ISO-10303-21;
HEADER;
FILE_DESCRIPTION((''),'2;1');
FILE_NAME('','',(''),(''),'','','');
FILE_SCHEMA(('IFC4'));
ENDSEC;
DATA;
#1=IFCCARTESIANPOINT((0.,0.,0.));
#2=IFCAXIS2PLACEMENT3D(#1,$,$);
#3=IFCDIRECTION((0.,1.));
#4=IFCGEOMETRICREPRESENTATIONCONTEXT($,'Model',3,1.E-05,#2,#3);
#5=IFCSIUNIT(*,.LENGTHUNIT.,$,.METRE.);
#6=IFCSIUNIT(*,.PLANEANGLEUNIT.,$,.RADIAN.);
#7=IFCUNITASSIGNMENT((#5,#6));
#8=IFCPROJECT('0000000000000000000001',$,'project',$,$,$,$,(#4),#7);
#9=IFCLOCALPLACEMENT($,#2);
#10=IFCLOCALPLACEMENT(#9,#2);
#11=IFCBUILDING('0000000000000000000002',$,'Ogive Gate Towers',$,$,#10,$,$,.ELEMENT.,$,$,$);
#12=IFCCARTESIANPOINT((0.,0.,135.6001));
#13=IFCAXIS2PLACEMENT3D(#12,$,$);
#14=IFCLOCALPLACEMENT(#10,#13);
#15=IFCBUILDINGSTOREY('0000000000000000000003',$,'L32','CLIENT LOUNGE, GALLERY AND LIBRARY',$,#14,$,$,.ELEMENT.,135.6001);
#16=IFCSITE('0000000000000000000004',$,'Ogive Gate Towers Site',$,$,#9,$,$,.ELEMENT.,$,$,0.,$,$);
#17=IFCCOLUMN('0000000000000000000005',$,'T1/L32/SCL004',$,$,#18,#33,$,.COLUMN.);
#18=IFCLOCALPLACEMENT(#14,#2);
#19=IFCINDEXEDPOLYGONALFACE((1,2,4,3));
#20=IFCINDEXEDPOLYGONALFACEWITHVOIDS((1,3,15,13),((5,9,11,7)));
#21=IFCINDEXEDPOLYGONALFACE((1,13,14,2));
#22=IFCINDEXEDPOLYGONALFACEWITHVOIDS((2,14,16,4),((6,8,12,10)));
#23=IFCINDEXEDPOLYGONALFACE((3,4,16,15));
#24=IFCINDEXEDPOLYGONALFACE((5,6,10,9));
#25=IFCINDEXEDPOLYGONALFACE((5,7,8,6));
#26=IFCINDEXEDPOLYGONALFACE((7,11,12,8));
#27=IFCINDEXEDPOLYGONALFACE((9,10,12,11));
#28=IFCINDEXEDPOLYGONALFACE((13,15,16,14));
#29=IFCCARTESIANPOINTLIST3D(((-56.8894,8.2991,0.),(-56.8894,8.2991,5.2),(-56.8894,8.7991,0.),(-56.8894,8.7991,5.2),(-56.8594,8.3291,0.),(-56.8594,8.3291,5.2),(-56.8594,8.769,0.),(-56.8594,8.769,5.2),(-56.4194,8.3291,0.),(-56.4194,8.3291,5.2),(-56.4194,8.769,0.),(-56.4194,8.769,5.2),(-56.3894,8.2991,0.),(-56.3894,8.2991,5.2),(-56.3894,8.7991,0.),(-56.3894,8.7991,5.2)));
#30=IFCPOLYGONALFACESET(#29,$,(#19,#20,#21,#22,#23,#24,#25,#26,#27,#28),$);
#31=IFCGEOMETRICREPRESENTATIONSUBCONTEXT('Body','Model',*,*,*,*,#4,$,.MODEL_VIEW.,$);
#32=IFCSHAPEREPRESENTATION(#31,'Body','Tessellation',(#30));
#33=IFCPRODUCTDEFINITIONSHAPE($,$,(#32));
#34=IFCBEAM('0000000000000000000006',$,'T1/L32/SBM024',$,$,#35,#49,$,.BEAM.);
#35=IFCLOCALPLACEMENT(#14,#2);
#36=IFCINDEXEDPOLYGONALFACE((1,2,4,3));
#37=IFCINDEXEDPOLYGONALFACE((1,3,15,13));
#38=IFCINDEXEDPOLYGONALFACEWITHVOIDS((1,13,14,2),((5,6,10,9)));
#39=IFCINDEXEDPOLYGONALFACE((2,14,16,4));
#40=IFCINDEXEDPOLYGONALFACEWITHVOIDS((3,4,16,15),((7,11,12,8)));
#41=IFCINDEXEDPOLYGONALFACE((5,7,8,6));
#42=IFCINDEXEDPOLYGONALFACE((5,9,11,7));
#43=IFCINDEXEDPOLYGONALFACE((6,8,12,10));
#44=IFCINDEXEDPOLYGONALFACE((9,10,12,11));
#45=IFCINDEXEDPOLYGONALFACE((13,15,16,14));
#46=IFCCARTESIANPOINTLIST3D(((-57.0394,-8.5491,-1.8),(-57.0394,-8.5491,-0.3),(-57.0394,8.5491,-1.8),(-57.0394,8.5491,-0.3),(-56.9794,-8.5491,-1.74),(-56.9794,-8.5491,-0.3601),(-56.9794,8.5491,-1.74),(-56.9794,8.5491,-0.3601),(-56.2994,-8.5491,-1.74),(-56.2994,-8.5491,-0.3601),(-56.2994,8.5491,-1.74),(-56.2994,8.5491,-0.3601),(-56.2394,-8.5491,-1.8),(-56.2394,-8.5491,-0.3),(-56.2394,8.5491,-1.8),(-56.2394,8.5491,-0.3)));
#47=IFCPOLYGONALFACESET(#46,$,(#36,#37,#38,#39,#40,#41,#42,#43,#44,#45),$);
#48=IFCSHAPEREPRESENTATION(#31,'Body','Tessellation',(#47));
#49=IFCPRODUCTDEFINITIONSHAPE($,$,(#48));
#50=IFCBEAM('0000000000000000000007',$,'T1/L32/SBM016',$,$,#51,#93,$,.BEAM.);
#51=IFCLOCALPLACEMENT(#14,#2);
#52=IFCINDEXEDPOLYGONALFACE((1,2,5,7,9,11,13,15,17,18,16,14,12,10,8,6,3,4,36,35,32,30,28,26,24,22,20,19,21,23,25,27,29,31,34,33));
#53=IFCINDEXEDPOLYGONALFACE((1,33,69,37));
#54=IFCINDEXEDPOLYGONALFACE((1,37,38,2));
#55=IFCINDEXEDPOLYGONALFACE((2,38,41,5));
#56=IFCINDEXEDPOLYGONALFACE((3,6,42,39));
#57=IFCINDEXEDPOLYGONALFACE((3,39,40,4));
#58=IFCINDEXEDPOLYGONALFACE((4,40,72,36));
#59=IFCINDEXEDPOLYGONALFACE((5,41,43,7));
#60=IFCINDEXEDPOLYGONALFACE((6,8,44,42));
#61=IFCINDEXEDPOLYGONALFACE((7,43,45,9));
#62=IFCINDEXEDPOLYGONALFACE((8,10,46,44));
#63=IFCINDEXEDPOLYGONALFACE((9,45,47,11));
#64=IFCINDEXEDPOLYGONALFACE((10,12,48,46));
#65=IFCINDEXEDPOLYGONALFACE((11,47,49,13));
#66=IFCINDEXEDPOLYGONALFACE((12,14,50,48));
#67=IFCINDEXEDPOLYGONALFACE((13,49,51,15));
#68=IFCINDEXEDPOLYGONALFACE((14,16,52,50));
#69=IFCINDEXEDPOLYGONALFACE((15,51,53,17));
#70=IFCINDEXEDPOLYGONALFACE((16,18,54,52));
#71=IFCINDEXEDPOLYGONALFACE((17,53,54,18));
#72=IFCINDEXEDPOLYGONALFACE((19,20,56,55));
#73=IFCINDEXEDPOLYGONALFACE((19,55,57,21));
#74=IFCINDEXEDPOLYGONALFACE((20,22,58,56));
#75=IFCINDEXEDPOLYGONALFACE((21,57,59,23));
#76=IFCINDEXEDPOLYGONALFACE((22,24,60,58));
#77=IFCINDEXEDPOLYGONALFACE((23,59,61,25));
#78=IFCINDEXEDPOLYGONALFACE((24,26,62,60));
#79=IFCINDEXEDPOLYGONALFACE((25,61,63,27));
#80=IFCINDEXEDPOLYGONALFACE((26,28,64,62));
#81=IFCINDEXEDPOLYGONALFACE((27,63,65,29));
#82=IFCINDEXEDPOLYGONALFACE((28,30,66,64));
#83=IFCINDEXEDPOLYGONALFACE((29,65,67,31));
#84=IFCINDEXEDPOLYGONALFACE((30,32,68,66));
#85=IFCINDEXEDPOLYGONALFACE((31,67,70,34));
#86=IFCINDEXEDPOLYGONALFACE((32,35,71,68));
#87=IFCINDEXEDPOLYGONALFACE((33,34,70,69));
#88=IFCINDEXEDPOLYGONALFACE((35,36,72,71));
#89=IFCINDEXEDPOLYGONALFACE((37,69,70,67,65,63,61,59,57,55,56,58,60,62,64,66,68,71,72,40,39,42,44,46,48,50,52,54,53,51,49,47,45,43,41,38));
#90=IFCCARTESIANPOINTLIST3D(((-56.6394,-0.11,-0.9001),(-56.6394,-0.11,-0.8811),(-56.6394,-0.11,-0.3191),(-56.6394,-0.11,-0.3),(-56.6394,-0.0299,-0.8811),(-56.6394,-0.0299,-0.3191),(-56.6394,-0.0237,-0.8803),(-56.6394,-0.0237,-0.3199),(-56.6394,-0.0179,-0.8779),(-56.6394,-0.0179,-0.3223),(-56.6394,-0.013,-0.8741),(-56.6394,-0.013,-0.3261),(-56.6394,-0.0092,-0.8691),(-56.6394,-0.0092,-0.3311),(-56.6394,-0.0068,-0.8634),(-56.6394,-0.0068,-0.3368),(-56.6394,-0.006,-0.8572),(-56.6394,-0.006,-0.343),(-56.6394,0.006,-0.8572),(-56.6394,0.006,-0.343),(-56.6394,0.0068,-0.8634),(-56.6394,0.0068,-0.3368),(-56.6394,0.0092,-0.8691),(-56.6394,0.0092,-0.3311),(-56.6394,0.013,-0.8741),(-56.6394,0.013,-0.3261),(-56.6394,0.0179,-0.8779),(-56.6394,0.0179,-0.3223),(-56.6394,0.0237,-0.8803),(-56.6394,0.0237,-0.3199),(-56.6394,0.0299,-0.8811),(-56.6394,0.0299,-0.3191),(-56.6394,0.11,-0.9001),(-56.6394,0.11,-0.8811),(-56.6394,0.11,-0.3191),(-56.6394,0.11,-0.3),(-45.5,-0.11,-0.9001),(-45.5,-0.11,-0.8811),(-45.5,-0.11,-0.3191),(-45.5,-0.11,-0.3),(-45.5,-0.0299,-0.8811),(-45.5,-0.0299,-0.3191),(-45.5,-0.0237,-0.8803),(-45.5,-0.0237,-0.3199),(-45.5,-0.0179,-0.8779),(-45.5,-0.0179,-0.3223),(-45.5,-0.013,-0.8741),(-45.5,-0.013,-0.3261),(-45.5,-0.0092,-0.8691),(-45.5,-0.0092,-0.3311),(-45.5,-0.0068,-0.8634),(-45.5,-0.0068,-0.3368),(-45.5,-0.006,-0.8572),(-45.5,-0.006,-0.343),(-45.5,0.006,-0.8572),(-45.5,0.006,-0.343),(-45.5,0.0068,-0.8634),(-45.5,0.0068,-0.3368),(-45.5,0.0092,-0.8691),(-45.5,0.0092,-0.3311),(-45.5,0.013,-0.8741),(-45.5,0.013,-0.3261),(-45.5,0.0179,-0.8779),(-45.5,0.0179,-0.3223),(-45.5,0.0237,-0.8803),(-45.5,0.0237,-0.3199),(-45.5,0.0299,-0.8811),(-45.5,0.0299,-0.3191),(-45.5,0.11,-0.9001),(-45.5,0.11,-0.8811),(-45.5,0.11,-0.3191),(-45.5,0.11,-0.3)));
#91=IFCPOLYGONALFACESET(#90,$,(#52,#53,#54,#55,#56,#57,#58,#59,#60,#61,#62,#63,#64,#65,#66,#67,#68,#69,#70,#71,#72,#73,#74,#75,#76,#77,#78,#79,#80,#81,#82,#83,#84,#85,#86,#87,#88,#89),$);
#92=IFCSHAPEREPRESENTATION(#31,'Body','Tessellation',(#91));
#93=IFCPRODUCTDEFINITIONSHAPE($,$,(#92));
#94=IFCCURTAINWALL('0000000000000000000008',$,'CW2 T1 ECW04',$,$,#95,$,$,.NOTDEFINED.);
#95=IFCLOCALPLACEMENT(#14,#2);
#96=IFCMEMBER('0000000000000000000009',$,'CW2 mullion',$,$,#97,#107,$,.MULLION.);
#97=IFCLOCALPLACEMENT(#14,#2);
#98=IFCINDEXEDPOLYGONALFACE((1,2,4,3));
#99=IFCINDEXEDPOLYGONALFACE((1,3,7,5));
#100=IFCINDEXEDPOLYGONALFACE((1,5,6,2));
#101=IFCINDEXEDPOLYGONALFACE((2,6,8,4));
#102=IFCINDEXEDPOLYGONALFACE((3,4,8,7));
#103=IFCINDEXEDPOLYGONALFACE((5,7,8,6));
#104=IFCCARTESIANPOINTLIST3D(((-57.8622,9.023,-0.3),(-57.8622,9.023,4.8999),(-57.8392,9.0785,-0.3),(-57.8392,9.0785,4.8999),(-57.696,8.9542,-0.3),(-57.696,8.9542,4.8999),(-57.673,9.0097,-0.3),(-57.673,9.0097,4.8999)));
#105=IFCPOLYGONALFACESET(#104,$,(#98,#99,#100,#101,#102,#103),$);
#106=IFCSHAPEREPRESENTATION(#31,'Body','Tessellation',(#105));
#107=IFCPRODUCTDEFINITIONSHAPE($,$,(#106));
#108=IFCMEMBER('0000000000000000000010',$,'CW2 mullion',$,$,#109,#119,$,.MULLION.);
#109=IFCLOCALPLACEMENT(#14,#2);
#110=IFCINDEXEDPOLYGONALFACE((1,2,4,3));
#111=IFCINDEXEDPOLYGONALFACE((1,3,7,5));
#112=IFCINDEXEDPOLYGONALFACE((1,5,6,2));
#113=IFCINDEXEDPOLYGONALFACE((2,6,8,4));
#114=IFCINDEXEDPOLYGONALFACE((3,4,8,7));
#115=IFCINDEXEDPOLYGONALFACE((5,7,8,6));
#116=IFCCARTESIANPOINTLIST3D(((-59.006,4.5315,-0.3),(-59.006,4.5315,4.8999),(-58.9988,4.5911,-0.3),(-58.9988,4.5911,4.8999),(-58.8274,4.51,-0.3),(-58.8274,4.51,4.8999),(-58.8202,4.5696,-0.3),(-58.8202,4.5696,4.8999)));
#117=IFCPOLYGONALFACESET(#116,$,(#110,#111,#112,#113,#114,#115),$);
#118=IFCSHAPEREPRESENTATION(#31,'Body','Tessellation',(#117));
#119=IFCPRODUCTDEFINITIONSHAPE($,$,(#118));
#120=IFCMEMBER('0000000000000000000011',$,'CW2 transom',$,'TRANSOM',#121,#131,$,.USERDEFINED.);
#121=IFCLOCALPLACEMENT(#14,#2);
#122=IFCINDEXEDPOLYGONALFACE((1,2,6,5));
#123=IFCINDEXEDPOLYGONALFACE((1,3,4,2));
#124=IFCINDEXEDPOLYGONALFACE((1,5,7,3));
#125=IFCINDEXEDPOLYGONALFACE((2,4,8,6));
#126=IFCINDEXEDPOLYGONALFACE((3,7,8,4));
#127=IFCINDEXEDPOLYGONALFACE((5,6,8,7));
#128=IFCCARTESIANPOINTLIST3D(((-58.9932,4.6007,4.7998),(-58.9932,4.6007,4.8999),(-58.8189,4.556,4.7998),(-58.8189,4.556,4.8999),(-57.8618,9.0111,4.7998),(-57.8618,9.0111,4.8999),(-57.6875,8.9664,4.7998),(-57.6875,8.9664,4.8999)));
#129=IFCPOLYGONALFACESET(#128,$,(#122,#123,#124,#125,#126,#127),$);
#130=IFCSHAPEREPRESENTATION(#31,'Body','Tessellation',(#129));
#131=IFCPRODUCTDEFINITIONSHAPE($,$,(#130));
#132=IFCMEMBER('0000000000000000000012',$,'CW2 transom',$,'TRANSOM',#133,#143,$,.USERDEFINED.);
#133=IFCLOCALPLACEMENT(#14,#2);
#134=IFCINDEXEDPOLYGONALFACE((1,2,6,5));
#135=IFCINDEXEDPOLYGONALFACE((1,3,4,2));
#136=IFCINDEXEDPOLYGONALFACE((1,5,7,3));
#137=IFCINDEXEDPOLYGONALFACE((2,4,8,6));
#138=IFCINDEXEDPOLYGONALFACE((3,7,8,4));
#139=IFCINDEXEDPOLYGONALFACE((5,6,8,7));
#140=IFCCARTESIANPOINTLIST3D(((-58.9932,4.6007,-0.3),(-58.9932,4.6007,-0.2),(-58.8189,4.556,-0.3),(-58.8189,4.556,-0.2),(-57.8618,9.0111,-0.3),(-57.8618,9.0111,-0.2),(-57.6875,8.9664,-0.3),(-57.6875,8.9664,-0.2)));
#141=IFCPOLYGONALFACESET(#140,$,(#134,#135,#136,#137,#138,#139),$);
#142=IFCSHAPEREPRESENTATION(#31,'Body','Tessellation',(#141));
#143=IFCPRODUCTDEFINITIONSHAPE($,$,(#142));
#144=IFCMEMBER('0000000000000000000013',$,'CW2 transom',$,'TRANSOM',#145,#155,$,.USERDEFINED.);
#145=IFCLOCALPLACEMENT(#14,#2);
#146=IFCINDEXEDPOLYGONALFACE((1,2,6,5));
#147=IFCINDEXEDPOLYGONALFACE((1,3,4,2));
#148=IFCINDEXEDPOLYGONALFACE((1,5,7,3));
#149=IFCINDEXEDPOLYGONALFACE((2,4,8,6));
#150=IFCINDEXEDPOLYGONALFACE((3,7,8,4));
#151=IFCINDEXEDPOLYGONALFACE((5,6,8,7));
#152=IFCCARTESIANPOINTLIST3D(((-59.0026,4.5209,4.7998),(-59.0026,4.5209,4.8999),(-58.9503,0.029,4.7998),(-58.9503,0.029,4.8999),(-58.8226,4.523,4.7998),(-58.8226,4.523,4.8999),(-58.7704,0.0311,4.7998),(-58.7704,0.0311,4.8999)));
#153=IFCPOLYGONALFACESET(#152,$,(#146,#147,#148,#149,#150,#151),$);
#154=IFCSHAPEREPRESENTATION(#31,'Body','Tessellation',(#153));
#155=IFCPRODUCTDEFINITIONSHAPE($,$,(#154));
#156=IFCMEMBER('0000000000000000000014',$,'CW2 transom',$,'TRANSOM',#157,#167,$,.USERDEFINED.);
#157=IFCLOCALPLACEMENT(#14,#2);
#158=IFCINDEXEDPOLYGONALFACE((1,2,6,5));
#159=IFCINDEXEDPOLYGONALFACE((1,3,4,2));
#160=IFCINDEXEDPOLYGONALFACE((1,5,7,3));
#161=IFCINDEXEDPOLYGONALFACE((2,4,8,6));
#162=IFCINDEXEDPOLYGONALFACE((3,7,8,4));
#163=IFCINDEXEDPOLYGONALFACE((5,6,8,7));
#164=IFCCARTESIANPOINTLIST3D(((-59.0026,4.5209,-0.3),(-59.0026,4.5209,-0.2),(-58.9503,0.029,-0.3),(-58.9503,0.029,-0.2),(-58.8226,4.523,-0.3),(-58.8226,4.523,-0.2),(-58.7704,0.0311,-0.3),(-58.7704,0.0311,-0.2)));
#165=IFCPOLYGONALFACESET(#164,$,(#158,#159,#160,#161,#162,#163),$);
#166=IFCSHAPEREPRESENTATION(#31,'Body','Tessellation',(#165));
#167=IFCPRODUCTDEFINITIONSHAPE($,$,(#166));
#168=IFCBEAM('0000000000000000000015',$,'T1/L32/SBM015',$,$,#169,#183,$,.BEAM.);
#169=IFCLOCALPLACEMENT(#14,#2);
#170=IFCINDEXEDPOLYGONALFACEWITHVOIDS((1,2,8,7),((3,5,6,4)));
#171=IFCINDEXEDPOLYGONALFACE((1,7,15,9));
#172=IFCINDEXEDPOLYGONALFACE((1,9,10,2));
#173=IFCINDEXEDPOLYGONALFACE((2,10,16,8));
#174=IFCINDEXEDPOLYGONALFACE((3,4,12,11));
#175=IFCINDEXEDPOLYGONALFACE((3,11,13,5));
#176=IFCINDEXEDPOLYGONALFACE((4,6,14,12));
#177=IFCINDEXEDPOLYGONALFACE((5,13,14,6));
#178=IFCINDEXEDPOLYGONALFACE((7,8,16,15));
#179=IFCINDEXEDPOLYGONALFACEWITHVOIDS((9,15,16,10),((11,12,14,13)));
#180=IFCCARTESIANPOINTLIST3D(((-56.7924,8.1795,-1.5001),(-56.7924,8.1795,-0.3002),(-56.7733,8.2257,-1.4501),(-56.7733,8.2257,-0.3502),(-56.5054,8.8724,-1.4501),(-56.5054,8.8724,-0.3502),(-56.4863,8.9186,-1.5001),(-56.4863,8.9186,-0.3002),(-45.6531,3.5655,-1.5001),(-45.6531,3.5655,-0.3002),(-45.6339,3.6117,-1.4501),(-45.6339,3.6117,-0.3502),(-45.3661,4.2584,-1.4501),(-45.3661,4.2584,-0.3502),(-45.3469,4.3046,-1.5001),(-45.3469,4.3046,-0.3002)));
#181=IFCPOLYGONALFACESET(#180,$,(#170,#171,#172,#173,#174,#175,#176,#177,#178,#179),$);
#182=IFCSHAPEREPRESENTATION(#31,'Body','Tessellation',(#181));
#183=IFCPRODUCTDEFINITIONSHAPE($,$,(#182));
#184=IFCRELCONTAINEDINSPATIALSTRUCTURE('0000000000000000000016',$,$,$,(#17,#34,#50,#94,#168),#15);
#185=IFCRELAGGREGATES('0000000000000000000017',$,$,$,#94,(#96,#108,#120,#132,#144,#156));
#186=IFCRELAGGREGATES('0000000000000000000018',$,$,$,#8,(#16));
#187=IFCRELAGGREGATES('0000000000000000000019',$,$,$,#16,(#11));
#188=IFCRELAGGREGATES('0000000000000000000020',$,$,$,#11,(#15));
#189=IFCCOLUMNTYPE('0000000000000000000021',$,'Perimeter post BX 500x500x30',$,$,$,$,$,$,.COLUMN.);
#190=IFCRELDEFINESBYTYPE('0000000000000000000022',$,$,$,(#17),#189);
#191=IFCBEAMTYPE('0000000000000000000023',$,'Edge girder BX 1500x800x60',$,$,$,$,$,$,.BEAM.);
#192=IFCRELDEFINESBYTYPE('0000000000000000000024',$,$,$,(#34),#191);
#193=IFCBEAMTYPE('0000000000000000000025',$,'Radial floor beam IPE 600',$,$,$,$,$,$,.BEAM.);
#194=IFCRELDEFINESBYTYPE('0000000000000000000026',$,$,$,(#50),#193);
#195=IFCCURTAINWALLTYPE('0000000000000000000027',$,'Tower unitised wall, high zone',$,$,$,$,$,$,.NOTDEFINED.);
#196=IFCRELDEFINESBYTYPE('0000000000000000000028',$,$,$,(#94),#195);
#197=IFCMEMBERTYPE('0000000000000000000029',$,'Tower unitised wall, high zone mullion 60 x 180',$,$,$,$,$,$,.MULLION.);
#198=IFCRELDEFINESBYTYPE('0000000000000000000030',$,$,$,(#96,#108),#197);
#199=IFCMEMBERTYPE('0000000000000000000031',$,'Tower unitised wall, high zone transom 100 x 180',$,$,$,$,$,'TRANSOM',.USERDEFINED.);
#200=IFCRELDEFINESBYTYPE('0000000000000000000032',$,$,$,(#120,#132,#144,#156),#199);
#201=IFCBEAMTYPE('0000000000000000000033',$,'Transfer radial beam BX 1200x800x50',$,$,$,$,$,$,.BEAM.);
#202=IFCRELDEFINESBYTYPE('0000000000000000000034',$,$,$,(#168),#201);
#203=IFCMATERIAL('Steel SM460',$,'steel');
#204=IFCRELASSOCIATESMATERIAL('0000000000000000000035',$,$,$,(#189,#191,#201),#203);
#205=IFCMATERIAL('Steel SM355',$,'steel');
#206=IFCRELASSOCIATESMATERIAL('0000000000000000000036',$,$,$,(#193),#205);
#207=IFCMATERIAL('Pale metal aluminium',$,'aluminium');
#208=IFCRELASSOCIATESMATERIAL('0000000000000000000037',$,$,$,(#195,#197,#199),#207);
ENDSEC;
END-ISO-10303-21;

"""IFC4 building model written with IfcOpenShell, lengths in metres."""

from ifc_helpers import new_model, si_unit, direction, frame, origin, origin_2d, place, context, subcontext, project, spatial, rectangle, hollow_rectangle, i_section, extrude, material, material_profile, profile_set, type_object, element, aggregate, save


model = new_model("IFC4")

# Units and contexts
model_context = context("Model", 3, precision=1e-05, world=origin(), true_north=direction((0.0, 1.0)))
body_context = subcontext(model_context, "Body", "Model", "MODEL_VIEW")
ifc_project = project(units=[si_unit("LENGTHUNIT", "METRE"), si_unit("PLANEANGLEUNIT", "RADIAN")], contexts=[model_context])

# Site, building, storey
site_placement = place(None, origin())
site = spatial("IfcSite", under=ifc_project, at=site_placement, Name="Ogive Gate Towers Site", CompositionType="ELEMENT", RefElevation=0.0)
building_placement = place(site_placement, origin())
building = spatial("IfcBuilding", under=site, at=building_placement, Name="Ogive Gate Towers", CompositionType="ELEMENT")
storey_placement = place(building_placement, frame((0.0, 0.0, 135.6001)))
storey = spatial("IfcBuildingStorey", under=building, at=storey_placement, Name="L32", Description="CLIENT LOUNGE, GALLERY AND LIBRARY", CompositionType="ELEMENT", Elevation=135.6001)

# Column
ifc_material_1 = material(Name="Steel SM460", Category="steel")
ifc_material_profile_1 = material_profile(ifc_material_1, hollow_rectangle(XDim=0.5, YDim=0.5, WallThickness=0.03, at=origin_2d()), Name="BX 500x500x30")
ifc_profile_set_1 = profile_set([ifc_material_profile_1], Name="Steel SM460")
column_type = type_object("IfcColumnType", Name="Perimeter post BX 500x500x30", PredefinedType="COLUMN", material=ifc_profile_set_1)
column_placement = place(storey_placement, frame((-56.6394, 8.5491, 0.0), z_axis=(0.0, 0.0, 1.0), x_axis=(1.0, 0.0, 0.0)))
element("IfcColumn", 1, at=column_placement, inside=storey, type_object=column_type, Name="T1/L32/SCL004", PredefinedType="COLUMN", context=body_context, shape_type="SweptSolid", body=[
    extrude(hollow_rectangle(XDim=0.5, YDim=0.5, WallThickness=0.03, at=origin_2d()), origin(), (0.0, 0.0, 1.0), 5.2),
])

# Beams
ifc_material_profile_2 = material_profile(ifc_material_1, hollow_rectangle(XDim=0.8, YDim=1.5, WallThickness=0.0601, at=origin_2d()), Name="BX 1500x800x60")
ifc_profile_set_2 = profile_set([ifc_material_profile_2], Name="Steel SM460")
beam_type_1 = type_object("IfcBeamType", Name="Edge girder BX 1500x800x60", PredefinedType="BEAM", material=ifc_profile_set_2)
beam_1_placement = place(storey_placement, frame((-56.6394, 8.5491, -1.05), z_axis=(0.0, -1.0, 0.0), x_axis=(1.0, 0.0, 0.0)))
element("IfcBeam", 2, at=beam_1_placement, inside=storey, type_object=beam_type_1, Name="T1/L32/SBM024", PredefinedType="BEAM", context=body_context, shape_type="SweptSolid", body=[
    extrude(hollow_rectangle(XDim=0.8, YDim=1.5, WallThickness=0.0601, at=origin_2d()), origin(), (0.0, 0.0, 1.0), 17.0981),
])
ifc_material_2 = material(Name="Steel SM355", Category="steel")
ifc_material_profile_3 = material_profile(ifc_material_2, i_section(OverallWidth=0.22, OverallDepth=0.6001, WebThickness=0.012, FlangeThickness=0.019, FilletRadius=0.0239, at=origin_2d()), Name="IPE 600")
ifc_profile_set_3 = profile_set([ifc_material_profile_3], Name="Steel SM355")
beam_type_2 = type_object("IfcBeamType", Name="Radial floor beam IPE 600", PredefinedType="BEAM", material=ifc_profile_set_3)
beam_2_placement = place(storey_placement, frame((-45.5, 0.0, -0.6001), z_axis=(-1.0, 0.0, 0.0), x_axis=(0.0, -1.0, 0.0)))
element("IfcBeam", 3, at=beam_2_placement, inside=storey, type_object=beam_type_2, Name="T1/L32/SBM016", PredefinedType="BEAM", context=body_context, shape_type="SweptSolid", body=[
    extrude(i_section(OverallWidth=0.22, OverallDepth=0.6001, WebThickness=0.012, FlangeThickness=0.019, FilletRadius=0.0239, at=origin_2d()), origin(), (0.0, 0.0, 1.0), 11.1394),
])

# Curtain wall, members
ifc_material_3 = material(Name="Pale metal aluminium", Category="aluminium")
curtain_wall_type = type_object("IfcCurtainWallType", Name="Tower unitised wall, high zone", PredefinedType="NOTDEFINED", material=ifc_material_3)
curtain_wall_placement = place(storey_placement, origin())
curtain_wall = element("IfcCurtainWall", 4, at=curtain_wall_placement, inside=storey, type_object=curtain_wall_type, Name="CW2 T1 ECW04", PredefinedType="NOTDEFINED")
ifc_material_profile_4 = material_profile(ifc_material_3, rectangle(XDim=0.1799, YDim=0.0601, at=origin_2d()), Name="60 x 180 aluminium box")
ifc_profile_set_4 = profile_set([ifc_material_profile_4], Name="Pale metal aluminium")
member_type_1 = type_object("IfcMemberType", Name="Tower unitised wall, high zone mullion 60 x 180", PredefinedType="MULLION", material=ifc_profile_set_4)
member_1_placement = place(storey_placement, frame((-57.7676, 9.0164, -0.3), z_axis=(0.0, 0.0, 1.0), x_axis=(-0.92388, 0.382683, 0.0)))
member_1 = element("IfcMember", 5, at=member_1_placement, type_object=member_type_1, Name="CW2 mullion", PredefinedType="MULLION", context=body_context, shape_type="SweptSolid", body=[
    extrude(rectangle(XDim=0.1799, YDim=0.0601, at=origin_2d()), origin(), (0.0, 0.0, 1.0), 5.2),
])
member_2_placement = place(storey_placement, frame((-58.9131, 4.5505, -0.3), z_axis=(0.0, 0.0, 1.0), x_axis=(-0.992841, 0.119444, 0.0)))
member_2 = element("IfcMember", 6, at=member_2_placement, type_object=member_type_1, Name="CW2 mullion", PredefinedType="MULLION", context=body_context, shape_type="SweptSolid", body=[
    extrude(rectangle(XDim=0.1799, YDim=0.0601, at=origin_2d()), origin(), (0.0, 0.0, 1.0), 5.2),
])
ifc_material_profile_5 = material_profile(ifc_material_3, rectangle(XDim=0.1799, YDim=0.1001, at=origin_2d()), Name="100 x 180 aluminium box")
ifc_profile_set_5 = profile_set([ifc_material_profile_5], Name="Pale metal aluminium")
member_type_2 = type_object("IfcMemberType", Name="Tower unitised wall, high zone transom 100 x 180", ElementType="TRANSOM", PredefinedType="USERDEFINED", material=ifc_profile_set_5)
member_3_placement = place(storey_placement, frame((-57.7747, 8.9888, 4.8499), z_axis=(-0.248473, -0.968639, 0.0), x_axis=(0.968639, -0.248473, 0.0)))
member_3 = element("IfcMember", 7, at=member_3_placement, type_object=member_type_2, Name="CW2 transom", ObjectType="TRANSOM", PredefinedType="USERDEFINED", context=body_context, shape_type="SweptSolid", body=[
    extrude(rectangle(XDim=0.1799, YDim=0.1001, at=origin_2d()), origin(), (0.0, 0.0, 1.0), 4.5532),
])
member_4_placement = place(storey_placement, frame((-57.7747, 8.9888, -0.25), z_axis=(-0.248473, -0.968639, 0.0), x_axis=(0.968639, -0.248473, 0.0)))
member_4 = element("IfcMember", 8, at=member_4_placement, type_object=member_type_2, Name="CW2 transom", ObjectType="TRANSOM", PredefinedType="USERDEFINED", context=body_context, shape_type="SweptSolid", body=[
    extrude(rectangle(XDim=0.1799, YDim=0.1001, at=origin_2d()), origin(), (0.0, 0.0, 1.0), 4.5532),
])
member_5_placement = place(storey_placement, frame((-58.9126, 4.522, 4.8499), z_axis=(0.01163, -0.999932, 0.0), x_axis=(0.999932, 0.01163, 0.0)))
member_5 = element("IfcMember", 9, at=member_5_placement, type_object=member_type_2, Name="CW2 transom", ObjectType="TRANSOM", PredefinedType="USERDEFINED", context=body_context, shape_type="SweptSolid", body=[
    extrude(rectangle(XDim=0.1799, YDim=0.1001, at=origin_2d()), origin(), (0.0, 0.0, 1.0), 4.4922),
])
member_6_placement = place(storey_placement, frame((-58.9126, 4.522, -0.25), z_axis=(0.01163, -0.999932, 0.0), x_axis=(0.999932, 0.01163, 0.0)))
member_6 = element("IfcMember", 10, at=member_6_placement, type_object=member_type_2, Name="CW2 transom", ObjectType="TRANSOM", PredefinedType="USERDEFINED", context=body_context, shape_type="SweptSolid", body=[
    extrude(rectangle(XDim=0.1799, YDim=0.1001, at=origin_2d()), origin(), (0.0, 0.0, 1.0), 4.4922),
])

# Beam
ifc_material_profile_6 = material_profile(ifc_material_1, hollow_rectangle(XDim=0.8, YDim=1.2, WallThickness=0.05, at=origin_2d()), Name="BX 1200x800x50")
ifc_profile_set_6 = profile_set([ifc_material_profile_6], Name="Steel SM460")
beam_type_3 = type_object("IfcBeamType", Name="Transfer radial beam BX 1200x800x50", PredefinedType="BEAM", material=ifc_profile_set_6)
beam_3_placement = place(storey_placement, frame((-45.5, 3.9351, -0.9001), z_axis=(-0.923882, 0.382678, 0.0), x_axis=(-0.382678, -0.923882, 0.0)))
element("IfcBeam", 11, at=beam_3_placement, inside=storey, type_object=beam_type_3, Name="T1/L32/SBM015", PredefinedType="BEAM", context=body_context, shape_type="SweptSolid", body=[
    extrude(hollow_rectangle(XDim=0.8, YDim=1.2, WallThickness=0.05, at=origin_2d()), origin(), (0.0, 0.0, 1.0), 12.0571),
])

aggregate(curtain_wall, [member_1, member_2, member_3, member_4, member_5, member_6])

save(model, "model.ifc")
